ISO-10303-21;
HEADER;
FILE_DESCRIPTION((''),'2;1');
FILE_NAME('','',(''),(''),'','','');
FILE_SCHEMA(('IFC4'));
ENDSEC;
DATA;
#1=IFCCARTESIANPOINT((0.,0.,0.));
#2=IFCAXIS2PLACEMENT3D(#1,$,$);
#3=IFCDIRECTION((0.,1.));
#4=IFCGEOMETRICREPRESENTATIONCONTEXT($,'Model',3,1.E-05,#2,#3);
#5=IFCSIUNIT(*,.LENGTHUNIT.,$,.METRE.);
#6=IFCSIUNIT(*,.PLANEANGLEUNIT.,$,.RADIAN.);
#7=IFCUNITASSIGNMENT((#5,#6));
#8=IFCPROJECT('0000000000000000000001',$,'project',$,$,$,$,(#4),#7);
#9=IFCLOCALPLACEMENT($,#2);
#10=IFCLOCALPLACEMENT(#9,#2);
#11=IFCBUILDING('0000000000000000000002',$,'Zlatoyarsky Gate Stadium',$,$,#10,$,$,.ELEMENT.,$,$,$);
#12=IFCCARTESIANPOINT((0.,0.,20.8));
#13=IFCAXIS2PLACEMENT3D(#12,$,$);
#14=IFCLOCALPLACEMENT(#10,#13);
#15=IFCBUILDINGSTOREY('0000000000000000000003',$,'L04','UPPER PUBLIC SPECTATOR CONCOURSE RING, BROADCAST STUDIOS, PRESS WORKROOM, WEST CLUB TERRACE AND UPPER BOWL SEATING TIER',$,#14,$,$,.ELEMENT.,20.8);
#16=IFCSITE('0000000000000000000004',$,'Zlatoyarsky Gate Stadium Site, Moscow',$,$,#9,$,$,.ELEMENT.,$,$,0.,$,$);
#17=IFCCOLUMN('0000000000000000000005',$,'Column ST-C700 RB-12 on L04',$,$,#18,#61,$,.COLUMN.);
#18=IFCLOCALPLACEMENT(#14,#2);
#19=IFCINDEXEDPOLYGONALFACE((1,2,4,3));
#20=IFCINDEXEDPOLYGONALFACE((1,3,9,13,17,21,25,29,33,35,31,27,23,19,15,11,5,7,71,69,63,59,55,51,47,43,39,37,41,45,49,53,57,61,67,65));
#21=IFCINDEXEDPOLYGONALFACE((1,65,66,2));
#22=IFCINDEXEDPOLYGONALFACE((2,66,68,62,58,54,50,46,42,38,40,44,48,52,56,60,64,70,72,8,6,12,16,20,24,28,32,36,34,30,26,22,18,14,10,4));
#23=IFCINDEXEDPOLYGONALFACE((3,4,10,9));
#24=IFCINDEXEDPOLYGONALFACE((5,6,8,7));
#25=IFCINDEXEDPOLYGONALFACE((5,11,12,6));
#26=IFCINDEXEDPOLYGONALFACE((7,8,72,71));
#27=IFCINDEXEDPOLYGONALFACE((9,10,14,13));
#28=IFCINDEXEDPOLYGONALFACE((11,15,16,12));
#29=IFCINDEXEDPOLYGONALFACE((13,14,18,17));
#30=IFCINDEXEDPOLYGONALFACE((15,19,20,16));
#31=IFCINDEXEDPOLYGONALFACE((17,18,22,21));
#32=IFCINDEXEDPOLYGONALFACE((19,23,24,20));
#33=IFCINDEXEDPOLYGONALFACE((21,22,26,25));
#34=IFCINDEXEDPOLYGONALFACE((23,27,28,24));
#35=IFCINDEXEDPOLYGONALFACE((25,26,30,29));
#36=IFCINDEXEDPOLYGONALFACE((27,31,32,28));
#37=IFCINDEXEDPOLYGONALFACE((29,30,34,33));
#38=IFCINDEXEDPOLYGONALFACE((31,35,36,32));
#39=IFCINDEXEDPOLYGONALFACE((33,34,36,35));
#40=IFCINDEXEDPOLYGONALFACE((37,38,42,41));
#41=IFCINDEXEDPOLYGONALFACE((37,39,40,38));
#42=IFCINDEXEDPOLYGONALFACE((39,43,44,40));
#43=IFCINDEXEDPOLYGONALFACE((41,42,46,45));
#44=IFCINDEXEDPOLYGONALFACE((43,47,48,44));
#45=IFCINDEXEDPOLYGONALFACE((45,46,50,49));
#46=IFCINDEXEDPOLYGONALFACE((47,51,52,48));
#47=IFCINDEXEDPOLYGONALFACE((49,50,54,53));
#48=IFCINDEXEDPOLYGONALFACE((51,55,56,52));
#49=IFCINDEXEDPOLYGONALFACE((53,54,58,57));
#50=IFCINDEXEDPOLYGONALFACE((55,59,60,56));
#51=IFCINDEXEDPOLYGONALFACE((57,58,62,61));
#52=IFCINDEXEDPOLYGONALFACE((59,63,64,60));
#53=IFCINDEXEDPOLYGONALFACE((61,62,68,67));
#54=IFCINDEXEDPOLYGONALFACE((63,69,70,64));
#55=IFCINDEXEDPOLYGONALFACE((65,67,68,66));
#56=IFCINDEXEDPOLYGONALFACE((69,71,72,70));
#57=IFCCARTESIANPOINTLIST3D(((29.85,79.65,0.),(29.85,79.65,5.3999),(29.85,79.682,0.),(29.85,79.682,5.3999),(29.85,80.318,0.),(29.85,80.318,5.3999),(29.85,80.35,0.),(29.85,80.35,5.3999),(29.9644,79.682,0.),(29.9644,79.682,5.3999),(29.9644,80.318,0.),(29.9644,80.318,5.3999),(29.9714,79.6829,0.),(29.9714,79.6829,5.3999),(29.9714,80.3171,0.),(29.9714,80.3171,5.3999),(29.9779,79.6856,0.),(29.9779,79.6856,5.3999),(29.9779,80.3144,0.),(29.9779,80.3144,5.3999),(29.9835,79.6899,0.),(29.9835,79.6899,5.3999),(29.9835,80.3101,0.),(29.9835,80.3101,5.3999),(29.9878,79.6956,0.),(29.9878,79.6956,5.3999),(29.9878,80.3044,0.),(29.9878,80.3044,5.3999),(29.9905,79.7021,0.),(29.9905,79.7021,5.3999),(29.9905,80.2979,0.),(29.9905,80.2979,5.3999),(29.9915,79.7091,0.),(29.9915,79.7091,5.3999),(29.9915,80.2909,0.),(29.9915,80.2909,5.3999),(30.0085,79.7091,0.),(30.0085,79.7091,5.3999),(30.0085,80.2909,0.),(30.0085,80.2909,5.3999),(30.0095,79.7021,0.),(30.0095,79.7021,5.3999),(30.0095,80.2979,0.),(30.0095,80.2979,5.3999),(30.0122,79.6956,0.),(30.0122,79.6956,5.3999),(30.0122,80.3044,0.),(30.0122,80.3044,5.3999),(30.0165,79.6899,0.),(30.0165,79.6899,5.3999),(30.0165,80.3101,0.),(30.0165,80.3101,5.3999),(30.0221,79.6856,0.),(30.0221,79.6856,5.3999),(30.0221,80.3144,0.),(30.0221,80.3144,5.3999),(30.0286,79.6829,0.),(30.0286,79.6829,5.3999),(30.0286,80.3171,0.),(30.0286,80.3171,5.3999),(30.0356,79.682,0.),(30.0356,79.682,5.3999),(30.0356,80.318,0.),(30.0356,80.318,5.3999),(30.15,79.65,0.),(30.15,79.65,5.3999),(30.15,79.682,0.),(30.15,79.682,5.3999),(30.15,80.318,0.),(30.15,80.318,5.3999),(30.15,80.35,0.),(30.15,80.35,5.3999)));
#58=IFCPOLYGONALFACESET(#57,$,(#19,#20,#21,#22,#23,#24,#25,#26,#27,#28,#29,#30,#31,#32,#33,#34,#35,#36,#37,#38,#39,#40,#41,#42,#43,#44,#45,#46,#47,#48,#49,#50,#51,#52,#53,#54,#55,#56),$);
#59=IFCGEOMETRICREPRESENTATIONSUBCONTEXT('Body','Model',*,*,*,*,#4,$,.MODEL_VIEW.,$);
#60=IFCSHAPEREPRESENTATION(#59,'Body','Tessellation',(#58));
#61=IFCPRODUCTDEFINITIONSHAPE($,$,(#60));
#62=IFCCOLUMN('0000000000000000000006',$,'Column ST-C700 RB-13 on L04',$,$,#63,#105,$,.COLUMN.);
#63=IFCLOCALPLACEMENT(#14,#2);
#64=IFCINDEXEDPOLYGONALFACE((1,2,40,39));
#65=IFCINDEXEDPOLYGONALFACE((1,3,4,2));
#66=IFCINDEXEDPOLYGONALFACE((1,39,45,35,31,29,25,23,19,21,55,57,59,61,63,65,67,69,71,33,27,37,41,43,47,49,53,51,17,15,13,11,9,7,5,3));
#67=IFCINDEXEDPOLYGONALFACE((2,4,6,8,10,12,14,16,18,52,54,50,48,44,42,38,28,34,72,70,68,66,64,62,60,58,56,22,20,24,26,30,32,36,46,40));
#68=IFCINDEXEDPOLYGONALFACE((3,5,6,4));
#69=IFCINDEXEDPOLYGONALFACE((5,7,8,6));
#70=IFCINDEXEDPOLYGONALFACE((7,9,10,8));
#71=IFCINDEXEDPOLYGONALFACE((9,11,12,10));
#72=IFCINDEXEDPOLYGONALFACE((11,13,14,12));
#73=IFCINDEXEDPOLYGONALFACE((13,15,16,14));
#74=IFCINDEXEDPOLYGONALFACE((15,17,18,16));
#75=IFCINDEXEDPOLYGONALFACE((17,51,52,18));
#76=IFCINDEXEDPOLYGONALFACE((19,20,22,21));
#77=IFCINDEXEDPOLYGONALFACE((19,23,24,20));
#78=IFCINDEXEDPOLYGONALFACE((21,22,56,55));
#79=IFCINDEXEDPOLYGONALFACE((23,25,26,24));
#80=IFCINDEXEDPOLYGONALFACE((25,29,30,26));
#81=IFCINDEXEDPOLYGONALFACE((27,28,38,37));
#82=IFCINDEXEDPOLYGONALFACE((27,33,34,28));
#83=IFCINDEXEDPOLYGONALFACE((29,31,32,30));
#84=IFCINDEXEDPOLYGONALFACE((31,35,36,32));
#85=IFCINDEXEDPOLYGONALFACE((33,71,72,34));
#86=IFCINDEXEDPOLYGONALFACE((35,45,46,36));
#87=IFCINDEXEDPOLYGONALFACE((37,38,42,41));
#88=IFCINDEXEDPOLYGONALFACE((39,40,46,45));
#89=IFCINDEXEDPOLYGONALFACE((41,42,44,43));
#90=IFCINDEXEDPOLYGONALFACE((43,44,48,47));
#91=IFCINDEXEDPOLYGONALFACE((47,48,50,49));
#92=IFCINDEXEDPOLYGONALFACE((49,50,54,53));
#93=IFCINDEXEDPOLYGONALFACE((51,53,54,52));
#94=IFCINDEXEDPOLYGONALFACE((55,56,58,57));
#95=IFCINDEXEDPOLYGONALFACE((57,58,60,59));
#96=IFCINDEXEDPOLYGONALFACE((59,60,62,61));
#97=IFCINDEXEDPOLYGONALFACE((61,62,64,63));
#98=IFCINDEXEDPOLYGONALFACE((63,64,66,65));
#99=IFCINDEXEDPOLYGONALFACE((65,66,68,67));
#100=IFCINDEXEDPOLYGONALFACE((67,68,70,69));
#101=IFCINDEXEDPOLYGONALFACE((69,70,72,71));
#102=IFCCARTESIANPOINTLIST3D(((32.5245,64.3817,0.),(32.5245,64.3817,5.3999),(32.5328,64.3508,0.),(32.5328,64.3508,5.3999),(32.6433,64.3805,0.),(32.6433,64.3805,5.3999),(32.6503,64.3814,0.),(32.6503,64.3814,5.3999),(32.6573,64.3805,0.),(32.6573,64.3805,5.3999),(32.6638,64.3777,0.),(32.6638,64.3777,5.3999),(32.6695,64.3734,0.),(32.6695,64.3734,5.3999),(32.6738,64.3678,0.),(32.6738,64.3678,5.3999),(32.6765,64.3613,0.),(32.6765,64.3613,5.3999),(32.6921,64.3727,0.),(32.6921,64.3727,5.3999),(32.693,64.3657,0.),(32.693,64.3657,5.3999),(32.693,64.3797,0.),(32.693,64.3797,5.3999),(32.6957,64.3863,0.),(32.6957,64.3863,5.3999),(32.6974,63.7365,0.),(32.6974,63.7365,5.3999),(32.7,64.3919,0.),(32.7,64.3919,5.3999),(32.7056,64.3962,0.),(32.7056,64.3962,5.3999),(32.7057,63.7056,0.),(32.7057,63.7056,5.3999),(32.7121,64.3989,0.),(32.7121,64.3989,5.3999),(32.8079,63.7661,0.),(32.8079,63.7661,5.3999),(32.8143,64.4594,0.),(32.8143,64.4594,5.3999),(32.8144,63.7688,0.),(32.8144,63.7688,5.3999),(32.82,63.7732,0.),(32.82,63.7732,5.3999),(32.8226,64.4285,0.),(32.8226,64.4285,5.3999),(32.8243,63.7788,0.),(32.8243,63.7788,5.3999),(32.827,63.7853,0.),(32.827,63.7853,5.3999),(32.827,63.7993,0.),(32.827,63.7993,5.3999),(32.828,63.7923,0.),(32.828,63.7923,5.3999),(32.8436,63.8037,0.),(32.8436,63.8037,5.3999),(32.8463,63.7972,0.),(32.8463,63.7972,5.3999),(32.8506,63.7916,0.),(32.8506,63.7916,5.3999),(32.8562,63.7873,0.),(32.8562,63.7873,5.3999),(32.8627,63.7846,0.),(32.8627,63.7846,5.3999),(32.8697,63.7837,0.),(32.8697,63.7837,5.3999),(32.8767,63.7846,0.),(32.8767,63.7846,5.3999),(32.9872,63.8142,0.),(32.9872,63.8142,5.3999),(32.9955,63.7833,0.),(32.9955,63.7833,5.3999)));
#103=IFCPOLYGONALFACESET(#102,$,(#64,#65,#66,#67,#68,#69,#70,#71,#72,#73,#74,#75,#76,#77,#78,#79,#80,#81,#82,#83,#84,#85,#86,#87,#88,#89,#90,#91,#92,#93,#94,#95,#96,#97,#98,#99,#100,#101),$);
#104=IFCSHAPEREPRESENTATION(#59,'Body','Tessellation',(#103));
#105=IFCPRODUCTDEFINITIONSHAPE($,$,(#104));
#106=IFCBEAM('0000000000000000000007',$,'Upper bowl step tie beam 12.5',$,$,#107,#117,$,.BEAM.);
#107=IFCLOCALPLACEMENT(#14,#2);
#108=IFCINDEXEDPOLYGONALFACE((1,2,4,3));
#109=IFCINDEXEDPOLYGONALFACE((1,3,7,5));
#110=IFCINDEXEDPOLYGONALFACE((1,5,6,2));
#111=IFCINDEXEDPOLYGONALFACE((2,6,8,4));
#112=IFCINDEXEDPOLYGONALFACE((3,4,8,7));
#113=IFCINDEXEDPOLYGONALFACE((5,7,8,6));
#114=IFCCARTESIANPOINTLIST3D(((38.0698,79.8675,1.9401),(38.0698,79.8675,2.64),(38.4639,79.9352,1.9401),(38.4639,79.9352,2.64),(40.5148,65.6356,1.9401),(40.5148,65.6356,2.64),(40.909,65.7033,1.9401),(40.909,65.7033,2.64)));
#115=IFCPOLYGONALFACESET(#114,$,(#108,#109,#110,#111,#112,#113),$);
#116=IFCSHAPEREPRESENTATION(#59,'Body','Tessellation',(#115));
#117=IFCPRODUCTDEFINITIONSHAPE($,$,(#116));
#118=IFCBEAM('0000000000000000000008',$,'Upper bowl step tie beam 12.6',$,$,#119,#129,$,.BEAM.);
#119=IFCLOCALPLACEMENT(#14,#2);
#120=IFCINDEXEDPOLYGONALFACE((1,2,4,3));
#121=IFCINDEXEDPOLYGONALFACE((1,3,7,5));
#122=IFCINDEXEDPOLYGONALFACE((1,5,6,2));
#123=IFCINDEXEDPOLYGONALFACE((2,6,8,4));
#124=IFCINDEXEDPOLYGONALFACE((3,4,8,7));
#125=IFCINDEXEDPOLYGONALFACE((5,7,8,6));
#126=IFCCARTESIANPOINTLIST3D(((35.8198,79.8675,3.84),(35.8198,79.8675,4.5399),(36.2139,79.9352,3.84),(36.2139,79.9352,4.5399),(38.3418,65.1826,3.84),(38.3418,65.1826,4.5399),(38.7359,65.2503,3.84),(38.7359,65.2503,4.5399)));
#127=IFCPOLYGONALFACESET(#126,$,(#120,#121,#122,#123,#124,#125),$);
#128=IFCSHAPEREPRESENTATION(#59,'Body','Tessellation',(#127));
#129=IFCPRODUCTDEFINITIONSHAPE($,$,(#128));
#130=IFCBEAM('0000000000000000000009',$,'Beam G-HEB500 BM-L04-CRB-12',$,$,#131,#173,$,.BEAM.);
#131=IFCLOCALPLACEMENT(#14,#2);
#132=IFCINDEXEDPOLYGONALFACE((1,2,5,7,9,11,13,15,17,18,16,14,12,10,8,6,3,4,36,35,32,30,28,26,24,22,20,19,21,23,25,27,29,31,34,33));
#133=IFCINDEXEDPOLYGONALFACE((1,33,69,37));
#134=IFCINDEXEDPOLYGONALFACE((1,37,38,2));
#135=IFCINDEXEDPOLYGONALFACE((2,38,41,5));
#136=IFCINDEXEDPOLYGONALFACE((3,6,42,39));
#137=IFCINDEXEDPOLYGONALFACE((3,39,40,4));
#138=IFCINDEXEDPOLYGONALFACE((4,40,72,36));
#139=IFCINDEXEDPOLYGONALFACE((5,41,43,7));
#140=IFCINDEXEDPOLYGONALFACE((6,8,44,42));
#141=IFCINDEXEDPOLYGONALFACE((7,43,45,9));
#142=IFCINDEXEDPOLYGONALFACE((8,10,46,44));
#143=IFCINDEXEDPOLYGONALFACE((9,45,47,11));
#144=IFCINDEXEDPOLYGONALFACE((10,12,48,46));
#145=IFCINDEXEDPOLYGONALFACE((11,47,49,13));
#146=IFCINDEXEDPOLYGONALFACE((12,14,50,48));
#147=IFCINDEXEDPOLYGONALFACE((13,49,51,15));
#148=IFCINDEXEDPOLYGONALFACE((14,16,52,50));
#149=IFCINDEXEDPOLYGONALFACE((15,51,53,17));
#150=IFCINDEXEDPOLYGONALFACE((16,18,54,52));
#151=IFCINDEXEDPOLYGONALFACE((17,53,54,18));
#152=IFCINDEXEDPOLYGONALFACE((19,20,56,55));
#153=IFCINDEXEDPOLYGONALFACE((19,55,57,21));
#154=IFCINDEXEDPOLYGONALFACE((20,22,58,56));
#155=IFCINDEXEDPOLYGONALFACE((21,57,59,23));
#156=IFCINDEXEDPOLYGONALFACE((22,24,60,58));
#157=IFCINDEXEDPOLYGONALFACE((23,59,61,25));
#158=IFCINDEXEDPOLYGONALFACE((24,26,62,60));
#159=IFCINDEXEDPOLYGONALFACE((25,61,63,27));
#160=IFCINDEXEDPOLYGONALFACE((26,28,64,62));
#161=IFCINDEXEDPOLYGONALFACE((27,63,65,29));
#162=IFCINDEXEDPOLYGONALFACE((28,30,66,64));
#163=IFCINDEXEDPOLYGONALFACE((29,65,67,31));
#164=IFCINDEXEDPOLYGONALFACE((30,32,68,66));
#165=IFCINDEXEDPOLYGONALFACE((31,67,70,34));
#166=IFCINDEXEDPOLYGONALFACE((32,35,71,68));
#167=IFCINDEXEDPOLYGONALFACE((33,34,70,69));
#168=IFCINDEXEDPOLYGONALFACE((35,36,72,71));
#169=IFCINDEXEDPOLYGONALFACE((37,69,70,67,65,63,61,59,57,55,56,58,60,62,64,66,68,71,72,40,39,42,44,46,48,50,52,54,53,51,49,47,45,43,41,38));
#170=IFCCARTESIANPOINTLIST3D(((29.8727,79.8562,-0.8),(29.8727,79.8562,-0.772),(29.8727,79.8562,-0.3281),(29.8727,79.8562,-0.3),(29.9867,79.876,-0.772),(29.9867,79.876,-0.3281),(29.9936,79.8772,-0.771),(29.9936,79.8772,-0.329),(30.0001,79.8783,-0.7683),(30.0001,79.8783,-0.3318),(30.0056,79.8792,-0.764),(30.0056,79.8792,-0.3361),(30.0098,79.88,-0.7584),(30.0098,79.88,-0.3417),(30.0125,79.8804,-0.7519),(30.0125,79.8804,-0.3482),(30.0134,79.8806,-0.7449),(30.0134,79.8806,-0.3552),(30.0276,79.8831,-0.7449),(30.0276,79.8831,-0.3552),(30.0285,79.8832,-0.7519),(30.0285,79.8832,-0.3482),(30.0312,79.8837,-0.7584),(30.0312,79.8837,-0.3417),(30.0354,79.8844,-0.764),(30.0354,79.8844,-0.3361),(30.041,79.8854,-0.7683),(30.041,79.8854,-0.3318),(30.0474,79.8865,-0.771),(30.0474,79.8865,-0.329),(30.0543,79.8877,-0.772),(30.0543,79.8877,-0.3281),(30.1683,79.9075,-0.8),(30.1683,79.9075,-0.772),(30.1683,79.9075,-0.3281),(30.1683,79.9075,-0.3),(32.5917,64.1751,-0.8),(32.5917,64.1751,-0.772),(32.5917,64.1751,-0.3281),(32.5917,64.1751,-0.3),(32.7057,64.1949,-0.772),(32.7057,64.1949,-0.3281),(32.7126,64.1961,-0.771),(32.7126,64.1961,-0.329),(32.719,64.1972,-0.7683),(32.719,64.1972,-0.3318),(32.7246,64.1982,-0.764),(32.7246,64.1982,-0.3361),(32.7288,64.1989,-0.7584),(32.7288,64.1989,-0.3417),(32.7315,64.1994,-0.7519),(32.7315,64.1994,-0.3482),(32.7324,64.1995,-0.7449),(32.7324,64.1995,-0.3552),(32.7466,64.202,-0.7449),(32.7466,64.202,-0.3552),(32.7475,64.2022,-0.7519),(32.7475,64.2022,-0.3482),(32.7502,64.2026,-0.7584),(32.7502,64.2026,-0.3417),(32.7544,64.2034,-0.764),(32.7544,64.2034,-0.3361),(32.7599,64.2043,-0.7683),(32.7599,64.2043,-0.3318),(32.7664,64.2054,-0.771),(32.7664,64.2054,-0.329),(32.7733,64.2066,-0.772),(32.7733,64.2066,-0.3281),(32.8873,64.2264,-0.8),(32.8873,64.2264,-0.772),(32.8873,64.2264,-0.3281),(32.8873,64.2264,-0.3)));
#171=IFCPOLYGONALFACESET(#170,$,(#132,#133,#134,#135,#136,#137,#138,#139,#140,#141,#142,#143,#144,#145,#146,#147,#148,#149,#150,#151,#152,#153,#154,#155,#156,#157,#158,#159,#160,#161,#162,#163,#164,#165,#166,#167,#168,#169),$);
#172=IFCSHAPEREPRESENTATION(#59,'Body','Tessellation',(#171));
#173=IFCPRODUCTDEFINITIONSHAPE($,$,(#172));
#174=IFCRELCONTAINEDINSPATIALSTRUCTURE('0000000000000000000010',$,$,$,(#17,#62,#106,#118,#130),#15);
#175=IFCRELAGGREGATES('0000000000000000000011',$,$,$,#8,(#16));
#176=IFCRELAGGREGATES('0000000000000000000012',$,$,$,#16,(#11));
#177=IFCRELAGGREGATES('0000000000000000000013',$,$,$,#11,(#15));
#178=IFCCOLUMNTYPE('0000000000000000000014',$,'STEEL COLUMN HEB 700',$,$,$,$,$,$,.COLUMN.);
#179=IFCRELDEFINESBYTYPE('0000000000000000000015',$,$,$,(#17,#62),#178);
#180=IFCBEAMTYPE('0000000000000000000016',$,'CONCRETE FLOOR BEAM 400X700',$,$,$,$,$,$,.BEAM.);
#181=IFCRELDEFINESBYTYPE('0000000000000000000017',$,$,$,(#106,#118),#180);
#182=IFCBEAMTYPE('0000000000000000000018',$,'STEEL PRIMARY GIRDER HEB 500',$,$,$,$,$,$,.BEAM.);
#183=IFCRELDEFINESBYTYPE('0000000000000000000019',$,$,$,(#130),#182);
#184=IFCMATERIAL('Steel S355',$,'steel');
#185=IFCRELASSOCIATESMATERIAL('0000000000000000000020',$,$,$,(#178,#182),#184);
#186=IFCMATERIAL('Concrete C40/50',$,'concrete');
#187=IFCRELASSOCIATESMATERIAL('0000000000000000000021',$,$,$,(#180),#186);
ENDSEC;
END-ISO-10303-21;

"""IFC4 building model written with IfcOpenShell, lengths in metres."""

from ifc_helpers import new_model, si_unit, direction, frame, origin, origin_2d, place, context, subcontext, project, spatial, rectangle, i_section, extrude, material, material_profile, profile_set, type_object, element, save


model = new_model("IFC4")

# Units and contexts
model_context = context("Model", 3, precision=1e-05, world=origin(), true_north=direction((0.0, 1.0)))
body_context = subcontext(model_context, "Body", "Model", "MODEL_VIEW")
ifc_project = project(units=[si_unit("LENGTHUNIT", "METRE"), si_unit("PLANEANGLEUNIT", "RADIAN")], contexts=[model_context])

# Site, building, storey
site_placement = place(None, origin())
site = spatial("IfcSite", under=ifc_project, at=site_placement, Name="Zlatoyarsky Gate Stadium Site, Moscow", CompositionType="ELEMENT", RefElevation=0.0)
building_placement = place(site_placement, origin())
building = spatial("IfcBuilding", under=site, at=building_placement, Name="Zlatoyarsky Gate Stadium", CompositionType="ELEMENT")
storey_placement = place(building_placement, frame((0.0, 0.0, 20.8)))
storey = spatial("IfcBuildingStorey", under=building, at=storey_placement, Name="L04", Description="UPPER PUBLIC SPECTATOR CONCOURSE RING, BROADCAST STUDIOS, PRESS WORKROOM, WEST CLUB TERRACE AND UPPER BOWL SEATING TIER", CompositionType="ELEMENT", Elevation=20.8)

# Columns
ifc_material_1 = material(Name="Steel S355", Category="steel")
ifc_material_profile_1 = material_profile(ifc_material_1, i_section(OverallWidth=0.3, OverallDepth=0.7, WebThickness=0.0171, FlangeThickness=0.032, FilletRadius=0.0271, at=origin_2d()), Name="HEB 700")
ifc_profile_set_1 = profile_set([ifc_material_profile_1], Name="Steel S355")
column_type = type_object("IfcColumnType", Name="STEEL COLUMN HEB 700", PredefinedType="COLUMN", material=ifc_profile_set_1)
for number, where, z_axis, x_axis, name in (
    (1, (30.0, 80.0, 0.0), (0.0, 0.0, 1.0), (-1.0, 0.0, 0.0), "Column ST-C700 RB-12 on L04"),
    (2, (32.76, 64.0825, 0.0), (0.0, 0.0, 1.0), (-0.965926, -0.258819, 0.0), "Column ST-C700 RB-13 on L04"),
):
    element("IfcColumn", number, at=place(storey_placement, frame(where, z_axis=z_axis, x_axis=x_axis)), inside=storey, type_object=column_type, Name=name, PredefinedType="COLUMN", context=body_context, shape_type="SweptSolid", body=[
        extrude(i_section(OverallWidth=0.3, OverallDepth=0.7, WebThickness=0.0171, FlangeThickness=0.032, FilletRadius=0.0271, at=origin_2d()), origin(), (0.0, 0.0, 1.0), 5.3999),
    ])

# Beams
ifc_material_2 = material(Name="Concrete C40/50", Category="concrete")
ifc_material_profile_2 = material_profile(ifc_material_2, rectangle(XDim=0.3999, YDim=0.7, at=origin_2d()), Name="RC BEAM 400X700")
ifc_profile_set_2 = profile_set([ifc_material_profile_2], Name="Concrete C40/50")
beam_type_1 = type_object("IfcBeamType", Name="CONCRETE FLOOR BEAM 400X700", PredefinedType="BEAM", material=ifc_profile_set_2)
beam_1_placement = place(storey_placement, frame((38.2668, 79.9014, 2.29), z_axis=(0.169321, -0.985561, 0.0), x_axis=(0.985561, 0.169321, 0.0)))
element("IfcBeam", 3, at=beam_1_placement, inside=storey, type_object=beam_type_1, Name="Upper bowl step tie beam 12.5", PredefinedType="BEAM", context=body_context, shape_type="SweptSolid", body=[
    extrude(rectangle(XDim=0.3999, YDim=0.7, at=origin_2d()), origin(), (0.0, 0.0, 1.0), 14.4404),
])
beam_2_placement = place(storey_placement, frame((36.0168, 79.9014, 4.1899), z_axis=(0.169262, -0.985571, 0.0), x_axis=(0.985571, 0.169262, 0.0)))
element("IfcBeam", 4, at=beam_2_placement, inside=storey, type_object=beam_type_1, Name="Upper bowl step tie beam 12.6", PredefinedType="BEAM", context=body_context, shape_type="SweptSolid", body=[
    extrude(rectangle(XDim=0.3999, YDim=0.7, at=origin_2d()), origin(), (0.0, 0.0, 1.0), 14.8999),
])
ifc_material_profile_3 = material_profile(ifc_material_1, i_section(OverallWidth=0.3, OverallDepth=0.5, WebThickness=0.0144, FlangeThickness=0.0281, FilletRadius=0.0271, at=origin_2d()), Name="HEB 500")
ifc_profile_set_3 = profile_set([ifc_material_profile_3], Name="Steel S355")
beam_type_2 = type_object("IfcBeamType", Name="STEEL PRIMARY GIRDER HEB 500", PredefinedType="BEAM", material=ifc_profile_set_3)
beam_3_placement = place(storey_placement, frame((30.0205, 79.8818, -0.55), z_axis=(0.170843, -0.985298, 0.0), x_axis=(0.985298, 0.170843, 0.0)))
element("IfcBeam", 5, at=beam_3_placement, inside=storey, type_object=beam_type_2, Name="Beam G-HEB500 BM-L04-CRB-12", PredefinedType="BEAM", context=body_context, shape_type="SweptSolid", body=[
    extrude(i_section(OverallWidth=0.3, OverallDepth=0.5, WebThickness=0.0144, FlangeThickness=0.0281, FilletRadius=0.0271, at=origin_2d()), origin(), (0.0, 0.0, 1.0), 15.915),
])

save(model, "model.ifc")
